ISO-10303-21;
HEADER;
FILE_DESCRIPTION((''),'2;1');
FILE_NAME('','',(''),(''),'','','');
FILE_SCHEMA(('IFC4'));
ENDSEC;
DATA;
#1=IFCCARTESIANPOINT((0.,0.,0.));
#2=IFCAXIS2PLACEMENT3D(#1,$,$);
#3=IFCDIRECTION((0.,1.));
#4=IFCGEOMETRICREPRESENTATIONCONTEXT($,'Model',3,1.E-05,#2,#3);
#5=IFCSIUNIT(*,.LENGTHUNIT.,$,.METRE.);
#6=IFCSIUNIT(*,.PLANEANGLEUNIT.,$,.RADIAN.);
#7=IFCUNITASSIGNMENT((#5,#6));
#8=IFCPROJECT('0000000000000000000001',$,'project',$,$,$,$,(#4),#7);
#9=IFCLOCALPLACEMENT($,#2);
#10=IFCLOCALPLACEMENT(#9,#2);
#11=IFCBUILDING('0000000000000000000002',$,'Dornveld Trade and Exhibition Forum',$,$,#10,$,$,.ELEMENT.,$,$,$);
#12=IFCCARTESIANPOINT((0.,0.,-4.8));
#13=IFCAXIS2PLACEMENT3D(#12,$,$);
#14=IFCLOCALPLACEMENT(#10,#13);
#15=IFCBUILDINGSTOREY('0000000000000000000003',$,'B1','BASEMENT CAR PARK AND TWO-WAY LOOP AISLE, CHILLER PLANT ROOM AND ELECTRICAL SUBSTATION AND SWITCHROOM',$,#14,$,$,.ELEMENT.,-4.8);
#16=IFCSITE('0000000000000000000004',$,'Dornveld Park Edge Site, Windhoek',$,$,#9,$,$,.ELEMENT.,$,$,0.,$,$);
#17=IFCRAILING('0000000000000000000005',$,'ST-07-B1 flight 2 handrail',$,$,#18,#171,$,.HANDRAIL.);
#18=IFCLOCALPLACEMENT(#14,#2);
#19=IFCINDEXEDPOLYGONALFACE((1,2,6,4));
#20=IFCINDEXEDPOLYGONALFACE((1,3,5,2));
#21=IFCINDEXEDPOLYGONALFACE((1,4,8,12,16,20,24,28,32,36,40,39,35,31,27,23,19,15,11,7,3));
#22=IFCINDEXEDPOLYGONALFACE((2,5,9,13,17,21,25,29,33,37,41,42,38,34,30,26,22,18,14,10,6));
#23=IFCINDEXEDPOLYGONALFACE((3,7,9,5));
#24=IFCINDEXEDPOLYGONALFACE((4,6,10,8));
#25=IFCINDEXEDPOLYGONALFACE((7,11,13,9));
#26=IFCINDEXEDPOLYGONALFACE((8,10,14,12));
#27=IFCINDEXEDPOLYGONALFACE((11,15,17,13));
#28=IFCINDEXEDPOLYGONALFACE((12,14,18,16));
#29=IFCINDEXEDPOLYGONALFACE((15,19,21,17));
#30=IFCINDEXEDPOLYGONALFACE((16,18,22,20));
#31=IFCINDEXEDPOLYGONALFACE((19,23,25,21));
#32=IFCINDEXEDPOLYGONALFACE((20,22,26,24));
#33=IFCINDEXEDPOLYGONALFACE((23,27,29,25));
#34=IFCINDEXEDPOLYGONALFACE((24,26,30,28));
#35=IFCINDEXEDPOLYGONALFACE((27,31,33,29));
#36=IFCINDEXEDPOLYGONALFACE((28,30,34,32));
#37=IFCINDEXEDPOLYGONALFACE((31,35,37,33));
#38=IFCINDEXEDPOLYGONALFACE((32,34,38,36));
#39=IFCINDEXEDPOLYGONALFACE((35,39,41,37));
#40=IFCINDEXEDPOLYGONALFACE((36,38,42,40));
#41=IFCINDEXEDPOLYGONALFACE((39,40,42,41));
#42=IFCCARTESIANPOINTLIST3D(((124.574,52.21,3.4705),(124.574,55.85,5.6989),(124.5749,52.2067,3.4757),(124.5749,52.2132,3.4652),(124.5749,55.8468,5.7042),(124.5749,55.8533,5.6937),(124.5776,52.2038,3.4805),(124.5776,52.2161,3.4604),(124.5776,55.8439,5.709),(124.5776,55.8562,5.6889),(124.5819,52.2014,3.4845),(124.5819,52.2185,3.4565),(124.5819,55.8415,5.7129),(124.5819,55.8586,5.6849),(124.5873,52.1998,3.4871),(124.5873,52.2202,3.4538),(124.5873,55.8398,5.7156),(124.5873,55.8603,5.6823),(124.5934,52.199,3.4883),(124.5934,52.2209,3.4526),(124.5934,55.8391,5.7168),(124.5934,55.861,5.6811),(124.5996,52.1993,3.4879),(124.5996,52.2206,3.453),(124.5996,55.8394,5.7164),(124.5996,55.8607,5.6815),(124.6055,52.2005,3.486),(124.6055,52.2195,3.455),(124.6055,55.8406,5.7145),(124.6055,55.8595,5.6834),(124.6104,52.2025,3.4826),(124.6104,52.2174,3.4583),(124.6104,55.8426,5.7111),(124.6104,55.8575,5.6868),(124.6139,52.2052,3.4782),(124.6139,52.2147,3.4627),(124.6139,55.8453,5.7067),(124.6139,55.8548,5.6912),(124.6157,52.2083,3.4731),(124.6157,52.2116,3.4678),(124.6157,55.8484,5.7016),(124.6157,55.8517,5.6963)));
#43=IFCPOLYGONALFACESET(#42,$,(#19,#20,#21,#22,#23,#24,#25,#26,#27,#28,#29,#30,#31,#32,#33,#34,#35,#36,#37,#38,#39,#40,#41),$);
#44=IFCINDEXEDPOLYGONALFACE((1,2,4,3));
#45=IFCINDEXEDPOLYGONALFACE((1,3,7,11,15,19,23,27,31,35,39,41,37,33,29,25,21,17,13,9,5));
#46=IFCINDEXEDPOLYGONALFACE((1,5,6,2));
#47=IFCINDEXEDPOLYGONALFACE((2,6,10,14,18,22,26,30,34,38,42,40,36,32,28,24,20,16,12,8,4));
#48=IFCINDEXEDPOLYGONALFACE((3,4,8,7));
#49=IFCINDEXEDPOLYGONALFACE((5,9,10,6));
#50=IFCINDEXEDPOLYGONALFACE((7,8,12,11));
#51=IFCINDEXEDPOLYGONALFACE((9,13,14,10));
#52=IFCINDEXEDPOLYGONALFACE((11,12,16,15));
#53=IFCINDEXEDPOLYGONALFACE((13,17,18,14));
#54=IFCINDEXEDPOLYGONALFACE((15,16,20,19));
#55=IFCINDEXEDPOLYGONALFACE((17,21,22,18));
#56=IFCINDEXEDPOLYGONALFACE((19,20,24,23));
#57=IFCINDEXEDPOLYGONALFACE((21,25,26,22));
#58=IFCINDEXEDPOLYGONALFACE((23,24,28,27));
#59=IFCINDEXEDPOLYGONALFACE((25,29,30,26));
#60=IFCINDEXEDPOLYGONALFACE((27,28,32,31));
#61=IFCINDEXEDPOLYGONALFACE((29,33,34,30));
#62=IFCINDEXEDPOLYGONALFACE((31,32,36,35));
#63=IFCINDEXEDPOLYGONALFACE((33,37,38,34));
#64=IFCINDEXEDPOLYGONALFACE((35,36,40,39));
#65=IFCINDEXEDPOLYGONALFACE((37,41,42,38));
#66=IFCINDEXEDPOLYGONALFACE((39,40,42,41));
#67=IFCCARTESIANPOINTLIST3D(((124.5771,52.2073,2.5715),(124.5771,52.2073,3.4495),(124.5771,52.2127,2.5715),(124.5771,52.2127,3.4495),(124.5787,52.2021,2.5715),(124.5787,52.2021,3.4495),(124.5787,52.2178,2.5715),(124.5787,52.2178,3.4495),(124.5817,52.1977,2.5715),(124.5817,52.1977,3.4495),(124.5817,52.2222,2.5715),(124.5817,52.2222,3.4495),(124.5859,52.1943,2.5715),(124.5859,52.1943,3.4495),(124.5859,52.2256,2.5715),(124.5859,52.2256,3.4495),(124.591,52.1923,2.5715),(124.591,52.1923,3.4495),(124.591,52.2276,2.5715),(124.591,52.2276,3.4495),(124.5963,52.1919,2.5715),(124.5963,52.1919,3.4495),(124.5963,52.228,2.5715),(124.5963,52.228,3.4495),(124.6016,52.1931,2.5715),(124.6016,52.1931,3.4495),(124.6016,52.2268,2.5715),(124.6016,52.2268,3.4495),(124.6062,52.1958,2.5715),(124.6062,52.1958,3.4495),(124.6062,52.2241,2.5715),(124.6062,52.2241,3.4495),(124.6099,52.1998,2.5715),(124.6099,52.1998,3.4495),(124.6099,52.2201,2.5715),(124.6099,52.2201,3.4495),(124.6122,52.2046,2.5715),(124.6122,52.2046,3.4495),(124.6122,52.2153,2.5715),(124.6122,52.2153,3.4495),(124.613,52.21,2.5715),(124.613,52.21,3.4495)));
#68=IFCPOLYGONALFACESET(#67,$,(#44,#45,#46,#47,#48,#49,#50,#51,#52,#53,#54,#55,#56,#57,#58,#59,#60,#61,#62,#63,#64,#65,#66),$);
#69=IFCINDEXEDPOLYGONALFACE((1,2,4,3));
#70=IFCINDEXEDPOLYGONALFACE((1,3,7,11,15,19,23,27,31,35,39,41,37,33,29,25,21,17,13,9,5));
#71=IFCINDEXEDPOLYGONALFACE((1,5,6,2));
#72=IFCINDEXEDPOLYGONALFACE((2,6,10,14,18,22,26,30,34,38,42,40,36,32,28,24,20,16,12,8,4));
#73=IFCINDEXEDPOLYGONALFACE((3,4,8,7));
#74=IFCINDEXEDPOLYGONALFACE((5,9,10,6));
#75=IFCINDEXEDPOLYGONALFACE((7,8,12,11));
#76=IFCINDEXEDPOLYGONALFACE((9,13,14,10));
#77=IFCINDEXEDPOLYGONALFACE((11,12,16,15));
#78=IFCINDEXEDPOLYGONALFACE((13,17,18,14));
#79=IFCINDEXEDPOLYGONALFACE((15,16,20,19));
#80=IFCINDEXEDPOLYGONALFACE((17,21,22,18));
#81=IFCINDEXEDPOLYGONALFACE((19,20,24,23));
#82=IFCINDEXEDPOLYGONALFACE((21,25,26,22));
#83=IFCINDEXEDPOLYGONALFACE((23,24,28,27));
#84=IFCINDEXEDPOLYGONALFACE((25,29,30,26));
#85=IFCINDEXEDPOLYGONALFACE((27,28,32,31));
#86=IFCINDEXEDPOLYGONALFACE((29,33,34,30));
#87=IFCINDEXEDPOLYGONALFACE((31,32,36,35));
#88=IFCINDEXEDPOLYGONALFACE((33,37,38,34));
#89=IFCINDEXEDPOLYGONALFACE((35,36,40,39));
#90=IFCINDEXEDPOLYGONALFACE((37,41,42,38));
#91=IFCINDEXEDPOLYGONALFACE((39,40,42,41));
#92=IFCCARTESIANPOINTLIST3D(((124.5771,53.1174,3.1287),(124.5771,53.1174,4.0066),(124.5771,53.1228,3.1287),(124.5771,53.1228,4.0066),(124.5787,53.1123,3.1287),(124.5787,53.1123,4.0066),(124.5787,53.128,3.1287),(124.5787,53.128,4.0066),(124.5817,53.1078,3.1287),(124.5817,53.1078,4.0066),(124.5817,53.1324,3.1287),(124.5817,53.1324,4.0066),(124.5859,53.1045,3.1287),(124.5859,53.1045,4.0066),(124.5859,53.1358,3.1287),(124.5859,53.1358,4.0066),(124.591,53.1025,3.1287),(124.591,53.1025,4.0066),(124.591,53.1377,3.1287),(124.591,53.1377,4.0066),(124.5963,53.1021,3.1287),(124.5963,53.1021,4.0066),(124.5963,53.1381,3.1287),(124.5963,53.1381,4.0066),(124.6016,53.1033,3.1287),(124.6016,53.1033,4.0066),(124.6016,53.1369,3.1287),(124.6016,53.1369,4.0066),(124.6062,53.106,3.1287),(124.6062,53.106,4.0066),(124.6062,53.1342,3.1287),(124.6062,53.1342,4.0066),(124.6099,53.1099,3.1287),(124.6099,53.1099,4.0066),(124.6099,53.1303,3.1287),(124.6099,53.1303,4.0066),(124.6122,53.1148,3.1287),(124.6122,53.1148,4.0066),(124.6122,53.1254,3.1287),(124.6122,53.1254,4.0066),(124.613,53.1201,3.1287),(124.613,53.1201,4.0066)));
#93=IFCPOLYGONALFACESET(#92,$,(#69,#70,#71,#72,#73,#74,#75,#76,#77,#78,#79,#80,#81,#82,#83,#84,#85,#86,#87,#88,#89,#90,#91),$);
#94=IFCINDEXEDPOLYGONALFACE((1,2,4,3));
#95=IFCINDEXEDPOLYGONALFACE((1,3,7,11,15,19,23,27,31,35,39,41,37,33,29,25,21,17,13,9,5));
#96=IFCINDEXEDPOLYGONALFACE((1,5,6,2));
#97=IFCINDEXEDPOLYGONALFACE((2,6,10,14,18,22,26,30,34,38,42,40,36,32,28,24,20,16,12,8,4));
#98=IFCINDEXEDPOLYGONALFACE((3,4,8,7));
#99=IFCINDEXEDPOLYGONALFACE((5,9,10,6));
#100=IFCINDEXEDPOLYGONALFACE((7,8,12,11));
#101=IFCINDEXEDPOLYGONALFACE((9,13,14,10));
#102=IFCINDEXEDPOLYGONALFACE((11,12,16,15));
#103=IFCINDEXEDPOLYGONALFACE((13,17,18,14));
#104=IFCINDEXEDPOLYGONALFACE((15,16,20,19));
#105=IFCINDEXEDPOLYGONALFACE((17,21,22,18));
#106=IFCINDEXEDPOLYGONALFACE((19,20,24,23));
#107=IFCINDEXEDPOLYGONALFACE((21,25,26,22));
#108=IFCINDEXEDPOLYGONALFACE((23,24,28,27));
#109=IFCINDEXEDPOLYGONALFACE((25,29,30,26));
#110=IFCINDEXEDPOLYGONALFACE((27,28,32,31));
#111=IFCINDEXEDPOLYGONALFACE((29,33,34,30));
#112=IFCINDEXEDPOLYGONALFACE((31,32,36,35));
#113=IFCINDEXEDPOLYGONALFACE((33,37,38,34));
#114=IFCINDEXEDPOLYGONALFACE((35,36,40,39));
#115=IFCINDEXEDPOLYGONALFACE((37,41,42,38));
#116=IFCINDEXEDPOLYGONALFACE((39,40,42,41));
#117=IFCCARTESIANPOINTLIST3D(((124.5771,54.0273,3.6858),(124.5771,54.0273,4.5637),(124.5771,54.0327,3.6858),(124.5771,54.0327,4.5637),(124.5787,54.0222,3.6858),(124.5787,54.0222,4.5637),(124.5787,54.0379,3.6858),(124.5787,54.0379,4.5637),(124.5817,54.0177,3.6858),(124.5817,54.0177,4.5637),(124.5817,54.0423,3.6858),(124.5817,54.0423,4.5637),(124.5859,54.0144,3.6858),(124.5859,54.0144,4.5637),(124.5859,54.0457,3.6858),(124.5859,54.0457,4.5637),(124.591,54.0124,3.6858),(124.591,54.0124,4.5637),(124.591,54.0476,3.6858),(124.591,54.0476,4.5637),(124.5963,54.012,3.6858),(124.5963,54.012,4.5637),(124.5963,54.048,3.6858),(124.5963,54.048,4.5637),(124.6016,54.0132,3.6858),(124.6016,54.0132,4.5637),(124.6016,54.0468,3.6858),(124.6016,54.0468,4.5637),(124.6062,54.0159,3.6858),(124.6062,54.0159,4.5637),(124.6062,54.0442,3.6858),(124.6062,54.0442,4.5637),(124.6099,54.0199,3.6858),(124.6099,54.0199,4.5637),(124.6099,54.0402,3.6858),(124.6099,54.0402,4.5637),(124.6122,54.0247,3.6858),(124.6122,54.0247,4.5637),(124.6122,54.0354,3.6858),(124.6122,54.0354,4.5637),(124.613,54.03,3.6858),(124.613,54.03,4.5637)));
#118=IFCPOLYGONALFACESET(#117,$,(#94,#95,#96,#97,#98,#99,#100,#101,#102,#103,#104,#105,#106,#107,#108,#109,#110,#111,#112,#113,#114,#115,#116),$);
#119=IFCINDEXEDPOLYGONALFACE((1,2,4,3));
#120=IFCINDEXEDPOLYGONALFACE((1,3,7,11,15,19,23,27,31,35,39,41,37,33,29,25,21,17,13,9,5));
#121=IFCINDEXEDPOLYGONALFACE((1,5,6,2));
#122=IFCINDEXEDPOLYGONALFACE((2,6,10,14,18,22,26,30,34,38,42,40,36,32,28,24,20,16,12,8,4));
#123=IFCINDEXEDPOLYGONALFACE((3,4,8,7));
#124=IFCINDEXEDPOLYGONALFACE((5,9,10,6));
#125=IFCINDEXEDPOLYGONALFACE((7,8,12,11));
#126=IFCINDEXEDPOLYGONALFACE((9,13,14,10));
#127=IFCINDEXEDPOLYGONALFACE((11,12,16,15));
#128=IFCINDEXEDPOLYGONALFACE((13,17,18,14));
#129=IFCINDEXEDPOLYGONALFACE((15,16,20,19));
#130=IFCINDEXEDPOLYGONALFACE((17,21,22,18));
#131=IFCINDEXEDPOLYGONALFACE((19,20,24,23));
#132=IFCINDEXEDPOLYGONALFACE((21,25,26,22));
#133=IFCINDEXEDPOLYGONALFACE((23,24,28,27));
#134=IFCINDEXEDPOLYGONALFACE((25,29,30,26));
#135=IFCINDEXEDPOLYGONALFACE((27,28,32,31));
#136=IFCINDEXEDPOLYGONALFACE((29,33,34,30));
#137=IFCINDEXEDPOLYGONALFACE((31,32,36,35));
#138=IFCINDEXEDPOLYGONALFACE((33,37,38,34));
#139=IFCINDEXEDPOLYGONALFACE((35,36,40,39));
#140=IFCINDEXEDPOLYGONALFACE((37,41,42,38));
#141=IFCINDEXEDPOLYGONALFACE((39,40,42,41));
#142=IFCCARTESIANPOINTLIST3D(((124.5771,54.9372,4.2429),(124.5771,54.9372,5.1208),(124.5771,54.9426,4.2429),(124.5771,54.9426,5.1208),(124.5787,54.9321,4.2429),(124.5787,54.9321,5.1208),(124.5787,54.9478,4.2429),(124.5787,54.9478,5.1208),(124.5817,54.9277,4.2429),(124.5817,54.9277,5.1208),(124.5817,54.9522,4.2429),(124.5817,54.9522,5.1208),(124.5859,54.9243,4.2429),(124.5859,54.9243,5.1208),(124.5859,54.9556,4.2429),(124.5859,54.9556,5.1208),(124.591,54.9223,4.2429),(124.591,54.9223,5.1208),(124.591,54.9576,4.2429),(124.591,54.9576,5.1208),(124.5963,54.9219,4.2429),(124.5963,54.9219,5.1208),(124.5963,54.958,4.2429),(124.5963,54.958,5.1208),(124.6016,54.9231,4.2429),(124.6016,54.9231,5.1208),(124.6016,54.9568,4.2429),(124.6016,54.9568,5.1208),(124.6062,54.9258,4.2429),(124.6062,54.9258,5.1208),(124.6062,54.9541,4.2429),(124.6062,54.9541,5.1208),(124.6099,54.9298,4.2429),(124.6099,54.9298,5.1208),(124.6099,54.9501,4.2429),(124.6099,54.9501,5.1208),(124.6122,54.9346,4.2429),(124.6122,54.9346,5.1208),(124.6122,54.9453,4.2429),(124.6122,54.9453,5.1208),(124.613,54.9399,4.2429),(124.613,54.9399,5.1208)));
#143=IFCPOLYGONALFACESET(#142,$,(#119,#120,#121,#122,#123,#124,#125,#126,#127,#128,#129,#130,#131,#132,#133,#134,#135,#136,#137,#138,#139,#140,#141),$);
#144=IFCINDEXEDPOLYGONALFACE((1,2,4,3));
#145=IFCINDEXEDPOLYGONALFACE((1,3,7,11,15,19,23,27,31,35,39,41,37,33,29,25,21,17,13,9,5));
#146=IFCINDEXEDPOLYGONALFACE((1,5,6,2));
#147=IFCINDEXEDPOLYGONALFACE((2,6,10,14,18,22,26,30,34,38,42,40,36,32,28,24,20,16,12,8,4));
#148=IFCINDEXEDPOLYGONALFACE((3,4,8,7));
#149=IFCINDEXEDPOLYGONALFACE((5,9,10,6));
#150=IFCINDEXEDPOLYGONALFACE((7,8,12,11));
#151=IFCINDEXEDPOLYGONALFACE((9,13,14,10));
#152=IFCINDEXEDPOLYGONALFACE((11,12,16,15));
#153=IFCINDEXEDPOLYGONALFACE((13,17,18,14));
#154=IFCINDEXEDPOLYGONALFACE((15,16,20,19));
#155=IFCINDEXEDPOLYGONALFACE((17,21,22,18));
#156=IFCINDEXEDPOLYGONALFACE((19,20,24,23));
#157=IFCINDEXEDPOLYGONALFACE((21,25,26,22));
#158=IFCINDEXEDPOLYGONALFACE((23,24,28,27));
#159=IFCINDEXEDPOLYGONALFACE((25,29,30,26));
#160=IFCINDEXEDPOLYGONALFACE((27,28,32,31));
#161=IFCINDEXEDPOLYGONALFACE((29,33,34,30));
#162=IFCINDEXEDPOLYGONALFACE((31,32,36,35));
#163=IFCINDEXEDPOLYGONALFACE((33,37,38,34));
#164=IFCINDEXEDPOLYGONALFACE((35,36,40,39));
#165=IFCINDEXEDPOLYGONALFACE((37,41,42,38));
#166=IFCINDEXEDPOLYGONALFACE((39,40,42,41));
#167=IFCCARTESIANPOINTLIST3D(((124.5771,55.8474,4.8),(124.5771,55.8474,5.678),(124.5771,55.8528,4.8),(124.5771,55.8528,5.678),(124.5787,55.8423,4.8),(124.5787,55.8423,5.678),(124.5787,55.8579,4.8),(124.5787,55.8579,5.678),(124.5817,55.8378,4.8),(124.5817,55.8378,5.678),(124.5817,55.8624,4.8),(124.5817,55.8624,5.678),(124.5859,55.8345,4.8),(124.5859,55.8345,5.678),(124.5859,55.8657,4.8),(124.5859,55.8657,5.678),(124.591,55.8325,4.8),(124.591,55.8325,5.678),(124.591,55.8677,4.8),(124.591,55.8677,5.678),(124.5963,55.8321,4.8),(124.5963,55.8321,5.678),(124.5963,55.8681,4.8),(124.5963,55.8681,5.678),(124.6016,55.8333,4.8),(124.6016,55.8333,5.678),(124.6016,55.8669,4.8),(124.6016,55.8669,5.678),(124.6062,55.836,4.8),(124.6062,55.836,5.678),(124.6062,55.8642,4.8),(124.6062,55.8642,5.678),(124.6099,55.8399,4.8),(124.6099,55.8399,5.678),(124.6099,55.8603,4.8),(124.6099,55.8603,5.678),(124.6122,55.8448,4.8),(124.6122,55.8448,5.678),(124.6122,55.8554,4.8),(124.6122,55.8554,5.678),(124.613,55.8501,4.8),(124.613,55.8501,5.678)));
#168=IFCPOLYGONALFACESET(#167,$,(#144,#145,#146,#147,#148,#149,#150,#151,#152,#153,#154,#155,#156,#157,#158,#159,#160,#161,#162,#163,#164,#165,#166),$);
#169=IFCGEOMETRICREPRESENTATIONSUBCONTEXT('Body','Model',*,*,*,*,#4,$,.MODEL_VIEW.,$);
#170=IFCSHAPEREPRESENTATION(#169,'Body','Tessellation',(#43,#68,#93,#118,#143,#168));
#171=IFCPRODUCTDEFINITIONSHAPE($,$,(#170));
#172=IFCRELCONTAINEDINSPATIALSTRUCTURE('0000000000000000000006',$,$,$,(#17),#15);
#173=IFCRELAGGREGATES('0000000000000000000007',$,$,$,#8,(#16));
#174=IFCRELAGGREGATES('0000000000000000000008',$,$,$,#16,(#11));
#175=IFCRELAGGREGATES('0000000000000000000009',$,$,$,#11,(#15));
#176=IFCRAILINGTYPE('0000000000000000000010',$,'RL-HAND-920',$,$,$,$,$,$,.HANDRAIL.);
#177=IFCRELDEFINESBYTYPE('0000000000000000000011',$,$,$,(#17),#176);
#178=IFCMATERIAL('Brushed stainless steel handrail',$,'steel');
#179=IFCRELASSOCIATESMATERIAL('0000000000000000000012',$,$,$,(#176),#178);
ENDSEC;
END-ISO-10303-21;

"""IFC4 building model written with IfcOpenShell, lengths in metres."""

from ifc_helpers import new_model, si_unit, direction, frame, origin, origin_2d, place, context, subcontext, project, spatial, circle, extrude, material, type_object, element, save


model = new_model("IFC4")

# Units and contexts
model_context = context("Model", 3, precision=1e-05, world=origin(), true_north=direction((0.0, 1.0)))
body_context = subcontext(model_context, "Body", "Model", "MODEL_VIEW")
ifc_project = project(units=[si_unit("LENGTHUNIT", "METRE"), si_unit("PLANEANGLEUNIT", "RADIAN")], contexts=[model_context])

# Site, building, storey
site_placement = place(None, origin())
site = spatial("IfcSite", under=ifc_project, at=site_placement, Name="Dornveld Park Edge Site, Windhoek", CompositionType="ELEMENT", RefElevation=0.0)
building_placement = place(site_placement, origin())
building = spatial("IfcBuilding", under=site, at=building_placement, Name="Dornveld Trade and Exhibition Forum", CompositionType="ELEMENT")
storey_placement = place(building_placement, frame((0.0, 0.0, -4.8)))
storey = spatial("IfcBuildingStorey", under=building, at=storey_placement, Name="B1", Description="BASEMENT CAR PARK AND TWO-WAY LOOP AISLE, CHILLER PLANT ROOM AND ELECTRICAL SUBSTATION AND SWITCHROOM", CompositionType="ELEMENT", Elevation=-4.8)

# Railing
ifc_material_1 = material(Name="Brushed stainless steel handrail", Category="steel")
railing_type_1 = type_object("IfcRailingType", Name="RL-HAND-920", PredefinedType="HANDRAIL", material=ifc_material_1)
railing_1_placement = place(storey_placement, frame((124.595, 52.21, 2.5715)))
element("IfcRailing", 1, at=railing_1_placement, inside=storey, type_object=railing_type_1, Name="ST-07-B1 flight 2 handrail", PredefinedType="HANDRAIL", context=body_context, shape_type="SweptSolid", body=[
    extrude(circle(Radius=0.021, at=origin_2d()), frame((0.0, 0.0, 0.8989), z_axis=(0.0, 0.852866, 0.52213), x_axis=(-1.0, 0.0, 0.0)), (0.0, 0.0, 1.0), 4.2681),
    extrude(circle(Radius=0.0181, at=origin_2d()), origin(), (0.0, 0.0, 1.0), 0.8779),
    extrude(circle(Radius=0.0181, at=origin_2d()), frame((0.0, 0.9102, 0.5571)), (0.0, 0.0, 1.0), 0.8779),
    extrude(circle(Radius=0.0181, at=origin_2d()), frame((0.0, 1.8201, 1.1143)), (0.0, 0.0, 1.0), 0.8779),
    extrude(circle(Radius=0.0181, at=origin_2d()), frame((0.0, 2.73, 1.6714)), (0.0, 0.0, 1.0), 0.8779),
    extrude(circle(Radius=0.0181, at=origin_2d()), frame((0.0, 3.6401, 2.2285)), (0.0, 0.0, 1.0), 0.8779),
])

save(model, "model.ifc")
